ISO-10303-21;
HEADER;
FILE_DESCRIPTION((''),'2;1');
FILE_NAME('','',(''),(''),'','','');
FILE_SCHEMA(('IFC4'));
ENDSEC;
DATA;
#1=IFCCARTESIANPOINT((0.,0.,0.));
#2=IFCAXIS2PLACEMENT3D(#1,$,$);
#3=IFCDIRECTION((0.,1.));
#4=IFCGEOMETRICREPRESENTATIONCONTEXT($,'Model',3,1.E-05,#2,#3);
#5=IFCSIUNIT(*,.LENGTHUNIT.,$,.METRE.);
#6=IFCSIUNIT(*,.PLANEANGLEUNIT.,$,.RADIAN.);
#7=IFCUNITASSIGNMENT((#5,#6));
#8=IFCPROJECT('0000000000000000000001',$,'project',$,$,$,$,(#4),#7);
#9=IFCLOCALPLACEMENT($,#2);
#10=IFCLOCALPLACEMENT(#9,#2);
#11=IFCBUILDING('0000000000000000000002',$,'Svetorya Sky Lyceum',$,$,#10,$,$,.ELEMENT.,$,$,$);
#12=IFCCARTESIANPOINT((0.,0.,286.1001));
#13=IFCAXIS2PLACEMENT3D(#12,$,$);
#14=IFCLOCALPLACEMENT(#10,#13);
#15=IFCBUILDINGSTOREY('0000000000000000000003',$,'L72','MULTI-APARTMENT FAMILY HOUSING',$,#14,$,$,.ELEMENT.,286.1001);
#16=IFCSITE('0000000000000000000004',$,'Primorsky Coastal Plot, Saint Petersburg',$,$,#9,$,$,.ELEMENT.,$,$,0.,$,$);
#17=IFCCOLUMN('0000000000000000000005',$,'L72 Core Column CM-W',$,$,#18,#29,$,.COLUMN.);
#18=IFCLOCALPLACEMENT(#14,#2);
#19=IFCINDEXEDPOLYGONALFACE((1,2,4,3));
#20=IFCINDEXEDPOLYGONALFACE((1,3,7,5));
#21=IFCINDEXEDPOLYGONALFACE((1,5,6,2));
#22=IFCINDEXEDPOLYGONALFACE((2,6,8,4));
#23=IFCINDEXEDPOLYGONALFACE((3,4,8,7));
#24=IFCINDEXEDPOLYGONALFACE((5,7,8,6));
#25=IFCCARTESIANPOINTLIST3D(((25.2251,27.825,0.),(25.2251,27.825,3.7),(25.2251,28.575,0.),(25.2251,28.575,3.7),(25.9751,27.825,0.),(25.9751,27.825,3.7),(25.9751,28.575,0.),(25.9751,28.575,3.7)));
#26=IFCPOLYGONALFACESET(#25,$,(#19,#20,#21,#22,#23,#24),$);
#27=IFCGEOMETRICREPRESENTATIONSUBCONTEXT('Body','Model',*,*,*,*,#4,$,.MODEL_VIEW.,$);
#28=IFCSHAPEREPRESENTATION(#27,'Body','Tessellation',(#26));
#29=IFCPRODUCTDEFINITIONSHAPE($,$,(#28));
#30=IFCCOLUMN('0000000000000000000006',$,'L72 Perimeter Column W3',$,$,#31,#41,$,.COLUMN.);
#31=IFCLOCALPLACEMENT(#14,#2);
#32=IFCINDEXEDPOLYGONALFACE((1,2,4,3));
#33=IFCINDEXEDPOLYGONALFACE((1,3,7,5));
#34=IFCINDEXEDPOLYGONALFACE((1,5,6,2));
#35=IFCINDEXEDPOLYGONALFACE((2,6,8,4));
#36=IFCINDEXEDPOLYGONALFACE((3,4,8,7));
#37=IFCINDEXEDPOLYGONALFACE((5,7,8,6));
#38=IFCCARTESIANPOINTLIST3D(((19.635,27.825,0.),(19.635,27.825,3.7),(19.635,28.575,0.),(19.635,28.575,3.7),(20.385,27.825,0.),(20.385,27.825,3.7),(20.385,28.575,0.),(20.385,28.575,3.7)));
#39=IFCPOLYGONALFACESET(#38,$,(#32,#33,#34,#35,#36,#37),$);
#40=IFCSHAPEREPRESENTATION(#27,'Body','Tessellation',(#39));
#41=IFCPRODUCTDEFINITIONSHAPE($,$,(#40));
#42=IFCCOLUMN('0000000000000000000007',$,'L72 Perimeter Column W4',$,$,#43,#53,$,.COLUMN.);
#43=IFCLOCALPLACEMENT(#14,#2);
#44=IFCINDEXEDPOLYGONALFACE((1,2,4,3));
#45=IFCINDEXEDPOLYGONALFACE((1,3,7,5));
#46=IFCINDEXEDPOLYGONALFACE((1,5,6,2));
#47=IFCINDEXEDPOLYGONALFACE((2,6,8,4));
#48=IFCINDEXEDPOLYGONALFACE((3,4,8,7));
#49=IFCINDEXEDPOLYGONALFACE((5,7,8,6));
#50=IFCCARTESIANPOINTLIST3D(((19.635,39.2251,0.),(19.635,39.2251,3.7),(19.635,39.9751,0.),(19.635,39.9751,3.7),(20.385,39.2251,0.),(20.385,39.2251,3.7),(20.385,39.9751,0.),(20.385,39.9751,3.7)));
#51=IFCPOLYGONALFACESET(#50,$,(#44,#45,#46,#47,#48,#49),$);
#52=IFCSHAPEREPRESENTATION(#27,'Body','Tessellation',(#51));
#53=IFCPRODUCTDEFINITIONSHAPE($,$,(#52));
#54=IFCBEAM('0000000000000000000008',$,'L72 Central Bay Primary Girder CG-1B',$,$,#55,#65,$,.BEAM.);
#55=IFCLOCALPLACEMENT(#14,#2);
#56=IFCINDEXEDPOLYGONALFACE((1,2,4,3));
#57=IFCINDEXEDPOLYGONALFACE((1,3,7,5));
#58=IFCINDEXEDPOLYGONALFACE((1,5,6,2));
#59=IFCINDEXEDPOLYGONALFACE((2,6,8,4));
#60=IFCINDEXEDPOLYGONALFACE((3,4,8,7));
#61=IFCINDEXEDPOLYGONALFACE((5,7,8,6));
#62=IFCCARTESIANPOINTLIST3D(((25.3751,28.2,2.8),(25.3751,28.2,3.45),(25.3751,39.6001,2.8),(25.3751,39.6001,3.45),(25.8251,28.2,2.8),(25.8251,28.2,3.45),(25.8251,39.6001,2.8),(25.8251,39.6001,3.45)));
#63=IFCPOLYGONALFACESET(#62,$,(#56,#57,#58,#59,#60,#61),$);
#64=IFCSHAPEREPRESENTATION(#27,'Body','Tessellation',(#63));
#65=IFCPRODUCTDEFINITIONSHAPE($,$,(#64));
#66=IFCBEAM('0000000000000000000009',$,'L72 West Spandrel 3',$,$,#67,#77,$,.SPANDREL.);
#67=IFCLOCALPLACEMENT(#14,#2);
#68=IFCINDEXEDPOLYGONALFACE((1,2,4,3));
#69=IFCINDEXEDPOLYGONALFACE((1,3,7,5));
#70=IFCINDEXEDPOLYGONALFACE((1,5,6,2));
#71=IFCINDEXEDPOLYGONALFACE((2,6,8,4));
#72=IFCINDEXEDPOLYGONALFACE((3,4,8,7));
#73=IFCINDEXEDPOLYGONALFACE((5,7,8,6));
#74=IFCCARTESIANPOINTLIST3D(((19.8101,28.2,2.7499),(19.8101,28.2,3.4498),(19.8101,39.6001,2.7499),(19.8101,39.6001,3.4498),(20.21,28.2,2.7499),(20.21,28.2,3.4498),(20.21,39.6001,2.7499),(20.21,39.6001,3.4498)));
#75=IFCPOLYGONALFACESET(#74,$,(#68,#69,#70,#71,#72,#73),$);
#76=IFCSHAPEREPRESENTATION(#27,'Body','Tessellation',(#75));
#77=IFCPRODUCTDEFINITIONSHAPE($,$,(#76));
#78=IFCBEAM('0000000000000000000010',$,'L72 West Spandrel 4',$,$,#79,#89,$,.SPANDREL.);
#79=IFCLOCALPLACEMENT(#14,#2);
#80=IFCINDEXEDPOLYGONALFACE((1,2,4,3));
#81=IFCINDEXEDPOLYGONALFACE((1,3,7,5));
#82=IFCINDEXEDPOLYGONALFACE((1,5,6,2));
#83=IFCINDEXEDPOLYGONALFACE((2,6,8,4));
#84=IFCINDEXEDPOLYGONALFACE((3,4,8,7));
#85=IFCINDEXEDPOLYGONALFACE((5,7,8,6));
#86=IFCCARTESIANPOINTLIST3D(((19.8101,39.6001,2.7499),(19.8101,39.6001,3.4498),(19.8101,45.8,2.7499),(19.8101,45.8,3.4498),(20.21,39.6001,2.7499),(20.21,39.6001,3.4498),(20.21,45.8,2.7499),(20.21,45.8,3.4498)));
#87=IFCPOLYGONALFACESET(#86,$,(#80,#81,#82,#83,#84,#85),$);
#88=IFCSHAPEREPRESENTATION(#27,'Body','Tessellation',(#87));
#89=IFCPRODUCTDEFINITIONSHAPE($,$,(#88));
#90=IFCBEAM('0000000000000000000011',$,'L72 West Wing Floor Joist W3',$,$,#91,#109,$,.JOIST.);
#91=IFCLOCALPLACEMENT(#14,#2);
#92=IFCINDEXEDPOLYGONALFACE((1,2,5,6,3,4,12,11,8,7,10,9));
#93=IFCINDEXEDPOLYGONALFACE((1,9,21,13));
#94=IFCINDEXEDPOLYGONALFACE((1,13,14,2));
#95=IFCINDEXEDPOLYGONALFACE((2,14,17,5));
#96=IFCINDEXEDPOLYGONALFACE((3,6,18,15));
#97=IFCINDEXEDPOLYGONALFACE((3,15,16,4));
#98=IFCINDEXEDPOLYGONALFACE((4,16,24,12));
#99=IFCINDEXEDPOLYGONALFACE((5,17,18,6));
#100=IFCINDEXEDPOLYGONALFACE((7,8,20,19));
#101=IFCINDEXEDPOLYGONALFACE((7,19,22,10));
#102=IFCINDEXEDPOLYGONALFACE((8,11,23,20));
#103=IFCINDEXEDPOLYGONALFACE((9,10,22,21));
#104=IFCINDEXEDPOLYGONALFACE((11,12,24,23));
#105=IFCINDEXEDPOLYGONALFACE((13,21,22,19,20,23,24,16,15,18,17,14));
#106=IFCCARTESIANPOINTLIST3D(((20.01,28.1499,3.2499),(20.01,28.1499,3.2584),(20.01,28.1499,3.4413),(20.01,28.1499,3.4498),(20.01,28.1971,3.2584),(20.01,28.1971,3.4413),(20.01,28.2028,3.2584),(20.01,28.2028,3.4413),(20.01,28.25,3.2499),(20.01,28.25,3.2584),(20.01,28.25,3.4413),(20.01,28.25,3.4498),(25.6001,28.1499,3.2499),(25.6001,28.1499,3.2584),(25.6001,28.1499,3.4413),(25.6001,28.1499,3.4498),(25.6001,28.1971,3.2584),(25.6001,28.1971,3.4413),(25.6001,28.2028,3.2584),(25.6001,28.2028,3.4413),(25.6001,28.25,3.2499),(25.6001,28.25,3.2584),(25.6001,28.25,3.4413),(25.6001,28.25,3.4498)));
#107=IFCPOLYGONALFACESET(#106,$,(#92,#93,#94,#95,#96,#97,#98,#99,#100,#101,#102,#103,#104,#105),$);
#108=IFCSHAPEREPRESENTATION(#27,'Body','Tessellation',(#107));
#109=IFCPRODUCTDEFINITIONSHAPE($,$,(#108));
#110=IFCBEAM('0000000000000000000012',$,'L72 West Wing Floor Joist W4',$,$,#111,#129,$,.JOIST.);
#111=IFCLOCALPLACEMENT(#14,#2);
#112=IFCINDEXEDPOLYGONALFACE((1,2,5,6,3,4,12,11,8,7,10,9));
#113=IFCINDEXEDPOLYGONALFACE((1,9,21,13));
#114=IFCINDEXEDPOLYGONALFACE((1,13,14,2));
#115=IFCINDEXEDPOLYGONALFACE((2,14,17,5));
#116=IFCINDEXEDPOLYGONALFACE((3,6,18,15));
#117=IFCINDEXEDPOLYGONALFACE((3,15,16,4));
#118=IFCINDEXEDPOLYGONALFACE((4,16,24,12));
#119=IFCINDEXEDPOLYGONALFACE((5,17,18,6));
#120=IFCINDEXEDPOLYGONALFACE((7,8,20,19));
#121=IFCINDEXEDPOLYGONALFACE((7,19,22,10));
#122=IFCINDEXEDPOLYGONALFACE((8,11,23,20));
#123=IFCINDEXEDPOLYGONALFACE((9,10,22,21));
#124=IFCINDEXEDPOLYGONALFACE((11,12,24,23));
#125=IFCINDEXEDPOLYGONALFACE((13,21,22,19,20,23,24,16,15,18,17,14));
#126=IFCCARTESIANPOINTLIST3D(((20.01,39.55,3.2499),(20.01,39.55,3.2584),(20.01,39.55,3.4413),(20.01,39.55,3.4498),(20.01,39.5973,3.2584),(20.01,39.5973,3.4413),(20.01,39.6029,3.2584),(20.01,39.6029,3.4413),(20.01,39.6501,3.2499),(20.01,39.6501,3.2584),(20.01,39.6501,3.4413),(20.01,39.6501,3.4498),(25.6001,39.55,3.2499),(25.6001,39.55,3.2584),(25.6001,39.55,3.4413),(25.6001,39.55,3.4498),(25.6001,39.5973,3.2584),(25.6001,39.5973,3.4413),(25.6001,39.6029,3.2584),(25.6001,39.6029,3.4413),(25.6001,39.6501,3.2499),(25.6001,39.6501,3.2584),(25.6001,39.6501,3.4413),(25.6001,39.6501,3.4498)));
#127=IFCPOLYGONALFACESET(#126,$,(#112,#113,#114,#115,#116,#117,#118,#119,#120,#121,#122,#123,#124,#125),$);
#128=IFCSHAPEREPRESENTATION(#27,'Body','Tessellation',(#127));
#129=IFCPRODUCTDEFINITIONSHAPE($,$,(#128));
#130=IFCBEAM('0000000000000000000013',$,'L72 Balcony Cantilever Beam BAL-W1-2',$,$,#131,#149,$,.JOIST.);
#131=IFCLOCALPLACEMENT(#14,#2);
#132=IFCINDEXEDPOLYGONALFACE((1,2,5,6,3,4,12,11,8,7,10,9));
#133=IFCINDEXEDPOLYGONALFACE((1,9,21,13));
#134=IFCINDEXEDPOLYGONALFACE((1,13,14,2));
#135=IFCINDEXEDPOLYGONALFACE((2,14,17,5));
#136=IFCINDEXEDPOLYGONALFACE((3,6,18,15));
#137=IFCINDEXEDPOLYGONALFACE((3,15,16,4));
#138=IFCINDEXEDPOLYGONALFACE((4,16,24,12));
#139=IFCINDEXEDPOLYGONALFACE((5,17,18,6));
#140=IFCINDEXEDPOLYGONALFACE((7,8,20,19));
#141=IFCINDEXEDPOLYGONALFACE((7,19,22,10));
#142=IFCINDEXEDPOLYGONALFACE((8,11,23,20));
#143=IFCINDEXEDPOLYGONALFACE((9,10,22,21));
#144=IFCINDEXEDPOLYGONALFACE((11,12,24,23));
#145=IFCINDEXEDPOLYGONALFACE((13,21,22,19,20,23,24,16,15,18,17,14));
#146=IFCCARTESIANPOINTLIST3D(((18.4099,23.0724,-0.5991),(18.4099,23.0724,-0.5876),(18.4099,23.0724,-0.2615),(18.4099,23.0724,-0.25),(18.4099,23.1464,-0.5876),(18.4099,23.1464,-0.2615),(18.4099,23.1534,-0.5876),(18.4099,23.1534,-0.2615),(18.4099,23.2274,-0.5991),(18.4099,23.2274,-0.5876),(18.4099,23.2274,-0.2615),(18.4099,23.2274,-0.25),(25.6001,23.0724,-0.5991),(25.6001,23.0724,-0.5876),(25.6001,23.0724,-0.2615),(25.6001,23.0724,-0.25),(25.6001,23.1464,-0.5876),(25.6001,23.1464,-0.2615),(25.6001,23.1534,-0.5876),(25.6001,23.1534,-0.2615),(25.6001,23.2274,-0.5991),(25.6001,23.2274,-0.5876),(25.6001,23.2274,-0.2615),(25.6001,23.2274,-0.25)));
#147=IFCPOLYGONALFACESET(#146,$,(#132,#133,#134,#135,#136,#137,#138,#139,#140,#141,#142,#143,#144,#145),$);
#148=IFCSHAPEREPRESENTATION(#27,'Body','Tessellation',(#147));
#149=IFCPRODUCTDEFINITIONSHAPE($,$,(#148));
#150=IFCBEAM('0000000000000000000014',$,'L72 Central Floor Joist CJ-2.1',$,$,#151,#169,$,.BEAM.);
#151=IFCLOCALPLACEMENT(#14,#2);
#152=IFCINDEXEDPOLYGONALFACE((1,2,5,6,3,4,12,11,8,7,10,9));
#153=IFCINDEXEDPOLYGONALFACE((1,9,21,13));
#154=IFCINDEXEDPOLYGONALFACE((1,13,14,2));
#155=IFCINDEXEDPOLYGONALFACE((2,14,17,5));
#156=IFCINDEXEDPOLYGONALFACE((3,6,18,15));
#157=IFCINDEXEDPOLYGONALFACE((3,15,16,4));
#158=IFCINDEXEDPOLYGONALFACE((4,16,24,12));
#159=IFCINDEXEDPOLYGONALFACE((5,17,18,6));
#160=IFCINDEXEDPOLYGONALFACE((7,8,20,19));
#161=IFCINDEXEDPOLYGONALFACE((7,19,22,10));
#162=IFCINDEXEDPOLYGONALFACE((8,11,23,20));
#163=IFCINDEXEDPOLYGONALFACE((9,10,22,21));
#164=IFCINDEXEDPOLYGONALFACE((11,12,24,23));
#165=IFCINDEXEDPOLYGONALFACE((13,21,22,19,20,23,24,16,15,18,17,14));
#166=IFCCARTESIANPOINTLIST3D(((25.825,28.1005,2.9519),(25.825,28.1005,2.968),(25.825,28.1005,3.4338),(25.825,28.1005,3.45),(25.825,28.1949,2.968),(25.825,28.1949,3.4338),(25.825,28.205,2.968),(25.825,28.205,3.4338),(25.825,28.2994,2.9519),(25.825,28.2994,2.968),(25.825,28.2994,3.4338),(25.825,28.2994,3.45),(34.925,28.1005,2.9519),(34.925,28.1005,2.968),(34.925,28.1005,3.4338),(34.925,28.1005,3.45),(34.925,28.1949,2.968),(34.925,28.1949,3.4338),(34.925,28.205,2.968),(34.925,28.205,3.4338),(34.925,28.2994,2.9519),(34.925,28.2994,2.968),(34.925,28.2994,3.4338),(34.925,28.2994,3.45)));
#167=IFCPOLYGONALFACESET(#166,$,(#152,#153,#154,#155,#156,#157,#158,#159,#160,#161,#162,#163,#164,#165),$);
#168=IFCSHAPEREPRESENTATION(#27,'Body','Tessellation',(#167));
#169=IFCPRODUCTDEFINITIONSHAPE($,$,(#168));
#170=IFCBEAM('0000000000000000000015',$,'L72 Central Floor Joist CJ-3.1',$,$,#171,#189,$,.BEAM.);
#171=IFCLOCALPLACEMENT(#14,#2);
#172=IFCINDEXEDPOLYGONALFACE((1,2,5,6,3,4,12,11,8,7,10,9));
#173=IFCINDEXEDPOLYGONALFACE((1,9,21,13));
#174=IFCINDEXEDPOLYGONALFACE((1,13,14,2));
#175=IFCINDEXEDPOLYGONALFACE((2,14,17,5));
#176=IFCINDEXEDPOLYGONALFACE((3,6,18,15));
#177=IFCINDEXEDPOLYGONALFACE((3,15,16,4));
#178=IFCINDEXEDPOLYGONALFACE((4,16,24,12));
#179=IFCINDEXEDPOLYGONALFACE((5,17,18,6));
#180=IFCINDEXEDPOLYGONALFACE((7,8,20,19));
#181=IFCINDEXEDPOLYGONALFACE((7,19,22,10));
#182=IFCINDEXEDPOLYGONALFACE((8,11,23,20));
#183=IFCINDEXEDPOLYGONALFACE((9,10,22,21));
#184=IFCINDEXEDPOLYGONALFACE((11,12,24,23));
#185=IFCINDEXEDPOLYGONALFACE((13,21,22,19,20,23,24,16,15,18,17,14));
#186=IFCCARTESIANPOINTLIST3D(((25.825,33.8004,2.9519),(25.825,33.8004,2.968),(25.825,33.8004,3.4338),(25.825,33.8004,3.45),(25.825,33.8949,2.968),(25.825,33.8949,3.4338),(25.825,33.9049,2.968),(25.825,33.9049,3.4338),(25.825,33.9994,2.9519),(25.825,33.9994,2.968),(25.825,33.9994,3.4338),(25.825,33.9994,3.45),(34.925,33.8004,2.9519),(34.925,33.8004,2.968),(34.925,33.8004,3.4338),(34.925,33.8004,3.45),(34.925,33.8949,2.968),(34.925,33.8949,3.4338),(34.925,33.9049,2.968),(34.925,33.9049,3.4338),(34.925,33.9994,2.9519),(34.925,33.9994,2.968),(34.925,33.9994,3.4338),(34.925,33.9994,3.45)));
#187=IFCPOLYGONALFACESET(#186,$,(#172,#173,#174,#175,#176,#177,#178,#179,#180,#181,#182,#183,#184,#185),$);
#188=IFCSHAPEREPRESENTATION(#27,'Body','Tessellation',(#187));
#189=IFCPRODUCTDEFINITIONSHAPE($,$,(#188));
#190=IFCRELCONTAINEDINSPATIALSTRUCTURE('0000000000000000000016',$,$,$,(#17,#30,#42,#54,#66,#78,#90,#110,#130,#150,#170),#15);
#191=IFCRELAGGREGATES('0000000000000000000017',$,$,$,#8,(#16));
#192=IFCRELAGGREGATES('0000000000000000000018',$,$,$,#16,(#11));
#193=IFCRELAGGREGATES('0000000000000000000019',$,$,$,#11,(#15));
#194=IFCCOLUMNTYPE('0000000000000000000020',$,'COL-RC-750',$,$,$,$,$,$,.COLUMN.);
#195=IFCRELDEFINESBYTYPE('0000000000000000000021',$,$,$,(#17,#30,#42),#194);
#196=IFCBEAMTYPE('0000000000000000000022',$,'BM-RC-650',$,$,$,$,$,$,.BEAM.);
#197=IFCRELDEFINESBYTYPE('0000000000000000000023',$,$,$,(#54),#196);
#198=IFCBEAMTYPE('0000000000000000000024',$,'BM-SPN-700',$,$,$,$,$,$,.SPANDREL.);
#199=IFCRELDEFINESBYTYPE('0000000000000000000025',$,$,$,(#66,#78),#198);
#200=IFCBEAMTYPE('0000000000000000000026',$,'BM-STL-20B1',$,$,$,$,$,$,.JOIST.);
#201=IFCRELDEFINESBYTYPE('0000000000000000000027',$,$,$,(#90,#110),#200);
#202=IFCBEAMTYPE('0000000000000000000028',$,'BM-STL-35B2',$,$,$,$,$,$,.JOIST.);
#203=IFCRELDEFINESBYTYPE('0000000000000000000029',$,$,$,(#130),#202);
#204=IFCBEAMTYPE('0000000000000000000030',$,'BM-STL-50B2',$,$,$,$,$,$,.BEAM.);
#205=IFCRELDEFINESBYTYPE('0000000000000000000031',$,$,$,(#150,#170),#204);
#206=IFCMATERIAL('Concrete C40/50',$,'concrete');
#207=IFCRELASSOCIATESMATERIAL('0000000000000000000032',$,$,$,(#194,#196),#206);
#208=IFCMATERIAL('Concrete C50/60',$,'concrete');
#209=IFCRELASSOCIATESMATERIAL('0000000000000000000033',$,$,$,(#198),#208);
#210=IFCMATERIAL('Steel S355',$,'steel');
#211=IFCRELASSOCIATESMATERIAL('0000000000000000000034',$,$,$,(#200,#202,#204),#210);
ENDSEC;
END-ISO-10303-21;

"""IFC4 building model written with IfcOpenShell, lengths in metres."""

from ifc_helpers import new_model, si_unit, direction, frame, origin, origin_2d, place, context, subcontext, project, spatial, rectangle, i_section, extrude, material, material_profile, profile_set, type_object, element, save


model = new_model("IFC4")

# Units and contexts
model_context = context("Model", 3, precision=1e-05, world=origin(), true_north=direction((0.0, 1.0)))
body_context = subcontext(model_context, "Body", "Model", "MODEL_VIEW")
ifc_project = project(units=[si_unit("LENGTHUNIT", "METRE"), si_unit("PLANEANGLEUNIT", "RADIAN")], contexts=[model_context])

# Site, building, storey
site_placement = place(None, origin())
site = spatial("IfcSite", under=ifc_project, at=site_placement, Name="Primorsky Coastal Plot, Saint Petersburg", CompositionType="ELEMENT", RefElevation=0.0)
building_placement = place(site_placement, origin())
building = spatial("IfcBuilding", under=site, at=building_placement, Name="Svetorya Sky Lyceum", CompositionType="ELEMENT")
storey_placement = place(building_placement, frame((0.0, 0.0, 286.1001)))
storey = spatial("IfcBuildingStorey", under=building, at=storey_placement, Name="L72", Description="MULTI-APARTMENT FAMILY HOUSING", CompositionType="ELEMENT", Elevation=286.1001)

# Columns
ifc_material_1 = material(Name="Concrete C40/50", Category="concrete")
ifc_material_profile_1 = material_profile(ifc_material_1, rectangle(XDim=0.75, YDim=0.75, at=origin_2d()), Name="RC COL 750x750")
ifc_profile_set_1 = profile_set([ifc_material_profile_1], Name="Concrete C40/50")
column_type = type_object("IfcColumnType", Name="COL-RC-750", PredefinedType="COLUMN", material=ifc_profile_set_1)
for number, where, z_axis, x_axis, name in (
    (1, (25.6001, 28.2, 0.0), (0.0, 0.0, 1.0), (1.0, 0.0, 0.0), "L72 Core Column CM-W"),
    (2, (20.01, 28.2, 0.0), (0.0, 0.0, 1.0), (1.0, 0.0, 0.0), "L72 Perimeter Column W3"),
    (3, (20.01, 39.6001, 0.0), (0.0, 0.0, 1.0), (1.0, 0.0, 0.0), "L72 Perimeter Column W4"),
):
    element("IfcColumn", number, at=place(storey_placement, frame(where, z_axis=z_axis, x_axis=x_axis)), inside=storey, type_object=column_type, Name=name, PredefinedType="COLUMN", context=body_context, shape_type="SweptSolid", body=[
        extrude(rectangle(XDim=0.75, YDim=0.75, at=origin_2d()), origin(), (0.0, 0.0, 1.0), 3.7),
    ])

# Beams
ifc_material_profile_2 = material_profile(ifc_material_1, rectangle(XDim=0.45, YDim=0.6499, at=origin_2d()), Name="RC BEAM 450x650")
ifc_profile_set_2 = profile_set([ifc_material_profile_2], Name="Concrete C40/50")
beam_type_1 = type_object("IfcBeamType", Name="BM-RC-650", PredefinedType="BEAM", material=ifc_profile_set_2)
beam_1_placement = place(storey_placement, frame((25.6001, 28.2, 3.125), z_axis=(0.0, 1.0, 0.0), x_axis=(-1.0, 0.0, 0.0)))
element("IfcBeam", 4, at=beam_1_placement, inside=storey, type_object=beam_type_1, Name="L72 Central Bay Primary Girder CG-1B", PredefinedType="BEAM", context=body_context, shape_type="SweptSolid", body=[
    extrude(rectangle(XDim=0.45, YDim=0.6499, at=origin_2d()), origin(), (0.0, 0.0, 1.0), 11.4001),
])
ifc_material_2 = material(Name="Concrete C50/60", Category="concrete")
ifc_material_profile_3 = material_profile(ifc_material_2, rectangle(XDim=0.3999, YDim=0.7, at=origin_2d()), Name="RC SPANDREL 400x700")
ifc_profile_set_3 = profile_set([ifc_material_profile_3], Name="Concrete C50/60")
beam_type_2 = type_object("IfcBeamType", Name="BM-SPN-700", PredefinedType="SPANDREL", material=ifc_profile_set_3)
beam_2_placement = place(storey_placement, frame((20.01, 28.2, 3.0999), z_axis=(0.0, 1.0, 0.0), x_axis=(-1.0, 0.0, 0.0)))
element("IfcBeam", 5, at=beam_2_placement, inside=storey, type_object=beam_type_2, Name="L72 West Spandrel 3", PredefinedType="SPANDREL", context=body_context, shape_type="SweptSolid", body=[
    extrude(rectangle(XDim=0.3999, YDim=0.7, at=origin_2d()), origin(), (0.0, 0.0, 1.0), 11.4001),
])
beam_3_placement = place(storey_placement, frame((20.01, 39.6001, 3.0999), z_axis=(0.0, 1.0, 0.0), x_axis=(-1.0, 0.0, 0.0)))
element("IfcBeam", 6, at=beam_3_placement, inside=storey, type_object=beam_type_2, Name="L72 West Spandrel 4", PredefinedType="SPANDREL", context=body_context, shape_type="SweptSolid", body=[
    extrude(rectangle(XDim=0.3999, YDim=0.7, at=origin_2d()), origin(), (0.0, 0.0, 1.0), 6.2),
])
ifc_material_3 = material(Name="Steel S355", Category="steel")
ifc_material_profile_4 = material_profile(ifc_material_3, i_section(OverallWidth=0.1001, OverallDepth=0.2, WebThickness=0.0056, FlangeThickness=0.0085, at=origin_2d()), Name="GOST 20B1")
ifc_profile_set_4 = profile_set([ifc_material_profile_4], Name="Steel S355")
beam_type_3 = type_object("IfcBeamType", Name="BM-STL-20B1", PredefinedType="JOIST", material=ifc_profile_set_4)
for number, where, z_axis, x_axis, name in (
    (7, (20.01, 28.2, 3.3499), (1.0, 0.0, 0.0), (0.0, 1.0, 0.0), "L72 West Wing Floor Joist W3"),
    (8, (20.01, 39.6001, 3.3499), (1.0, 0.0, 0.0), (0.0, 1.0, 0.0), "L72 West Wing Floor Joist W4"),
):
    element("IfcBeam", number, at=place(storey_placement, frame(where, z_axis=z_axis, x_axis=x_axis)), inside=storey, type_object=beam_type_3, Name=name, PredefinedType="JOIST", context=body_context, shape_type="SweptSolid", body=[
        extrude(i_section(OverallWidth=0.1001, OverallDepth=0.2, WebThickness=0.0056, FlangeThickness=0.0085, at=origin_2d()), origin(), (0.0, 0.0, 1.0), 5.5901),
    ])
ifc_material_profile_5 = material_profile(ifc_material_3, i_section(OverallWidth=0.155, OverallDepth=0.3491, WebThickness=0.0071, FlangeThickness=0.0115, at=origin_2d()), Name="GOST 35B2")
ifc_profile_set_5 = profile_set([ifc_material_profile_5], Name="Steel S355")
beam_type_4 = type_object("IfcBeamType", Name="BM-STL-35B2", PredefinedType="JOIST", material=ifc_profile_set_5)
beam_4_placement = place(storey_placement, frame((25.6001, 23.1499, -0.4246), z_axis=(-1.0, 0.0, 0.0), x_axis=(0.0, -1.0, 0.0)))
element("IfcBeam", 9, at=beam_4_placement, inside=storey, type_object=beam_type_4, Name="L72 Balcony Cantilever Beam BAL-W1-2", PredefinedType="JOIST", context=body_context, shape_type="SweptSolid", body=[
    extrude(i_section(OverallWidth=0.155, OverallDepth=0.3491, WebThickness=0.0071, FlangeThickness=0.0115, at=origin_2d()), origin(), (0.0, 0.0, 1.0), 7.1902),
])
ifc_material_profile_6 = material_profile(ifc_material_3, i_section(OverallWidth=0.199, OverallDepth=0.498, WebThickness=0.01, FlangeThickness=0.0161, at=origin_2d()), Name="GOST 50B2")
ifc_profile_set_6 = profile_set([ifc_material_profile_6], Name="Steel S355")
beam_type_5 = type_object("IfcBeamType", Name="BM-STL-50B2", PredefinedType="BEAM", material=ifc_profile_set_6)
for number, where, z_axis, x_axis, name in (
    (10, (25.825, 28.2, 3.2009), (1.0, 0.0, 0.0), (0.0, 1.0, 0.0), "L72 Central Floor Joist CJ-2.1"),
    (11, (25.825, 33.8999, 3.2009), (1.0, 0.0, 0.0), (0.0, 1.0, 0.0), "L72 Central Floor Joist CJ-3.1"),
):
    element("IfcBeam", number, at=place(storey_placement, frame(where, z_axis=z_axis, x_axis=x_axis)), inside=storey, type_object=beam_type_5, Name=name, PredefinedType="BEAM", context=body_context, shape_type="SweptSolid", body=[
        extrude(i_section(OverallWidth=0.199, OverallDepth=0.498, WebThickness=0.01, FlangeThickness=0.0161, at=origin_2d()), origin(), (0.0, 0.0, 1.0), 9.1001),
    ])

save(model, "model.ifc")
